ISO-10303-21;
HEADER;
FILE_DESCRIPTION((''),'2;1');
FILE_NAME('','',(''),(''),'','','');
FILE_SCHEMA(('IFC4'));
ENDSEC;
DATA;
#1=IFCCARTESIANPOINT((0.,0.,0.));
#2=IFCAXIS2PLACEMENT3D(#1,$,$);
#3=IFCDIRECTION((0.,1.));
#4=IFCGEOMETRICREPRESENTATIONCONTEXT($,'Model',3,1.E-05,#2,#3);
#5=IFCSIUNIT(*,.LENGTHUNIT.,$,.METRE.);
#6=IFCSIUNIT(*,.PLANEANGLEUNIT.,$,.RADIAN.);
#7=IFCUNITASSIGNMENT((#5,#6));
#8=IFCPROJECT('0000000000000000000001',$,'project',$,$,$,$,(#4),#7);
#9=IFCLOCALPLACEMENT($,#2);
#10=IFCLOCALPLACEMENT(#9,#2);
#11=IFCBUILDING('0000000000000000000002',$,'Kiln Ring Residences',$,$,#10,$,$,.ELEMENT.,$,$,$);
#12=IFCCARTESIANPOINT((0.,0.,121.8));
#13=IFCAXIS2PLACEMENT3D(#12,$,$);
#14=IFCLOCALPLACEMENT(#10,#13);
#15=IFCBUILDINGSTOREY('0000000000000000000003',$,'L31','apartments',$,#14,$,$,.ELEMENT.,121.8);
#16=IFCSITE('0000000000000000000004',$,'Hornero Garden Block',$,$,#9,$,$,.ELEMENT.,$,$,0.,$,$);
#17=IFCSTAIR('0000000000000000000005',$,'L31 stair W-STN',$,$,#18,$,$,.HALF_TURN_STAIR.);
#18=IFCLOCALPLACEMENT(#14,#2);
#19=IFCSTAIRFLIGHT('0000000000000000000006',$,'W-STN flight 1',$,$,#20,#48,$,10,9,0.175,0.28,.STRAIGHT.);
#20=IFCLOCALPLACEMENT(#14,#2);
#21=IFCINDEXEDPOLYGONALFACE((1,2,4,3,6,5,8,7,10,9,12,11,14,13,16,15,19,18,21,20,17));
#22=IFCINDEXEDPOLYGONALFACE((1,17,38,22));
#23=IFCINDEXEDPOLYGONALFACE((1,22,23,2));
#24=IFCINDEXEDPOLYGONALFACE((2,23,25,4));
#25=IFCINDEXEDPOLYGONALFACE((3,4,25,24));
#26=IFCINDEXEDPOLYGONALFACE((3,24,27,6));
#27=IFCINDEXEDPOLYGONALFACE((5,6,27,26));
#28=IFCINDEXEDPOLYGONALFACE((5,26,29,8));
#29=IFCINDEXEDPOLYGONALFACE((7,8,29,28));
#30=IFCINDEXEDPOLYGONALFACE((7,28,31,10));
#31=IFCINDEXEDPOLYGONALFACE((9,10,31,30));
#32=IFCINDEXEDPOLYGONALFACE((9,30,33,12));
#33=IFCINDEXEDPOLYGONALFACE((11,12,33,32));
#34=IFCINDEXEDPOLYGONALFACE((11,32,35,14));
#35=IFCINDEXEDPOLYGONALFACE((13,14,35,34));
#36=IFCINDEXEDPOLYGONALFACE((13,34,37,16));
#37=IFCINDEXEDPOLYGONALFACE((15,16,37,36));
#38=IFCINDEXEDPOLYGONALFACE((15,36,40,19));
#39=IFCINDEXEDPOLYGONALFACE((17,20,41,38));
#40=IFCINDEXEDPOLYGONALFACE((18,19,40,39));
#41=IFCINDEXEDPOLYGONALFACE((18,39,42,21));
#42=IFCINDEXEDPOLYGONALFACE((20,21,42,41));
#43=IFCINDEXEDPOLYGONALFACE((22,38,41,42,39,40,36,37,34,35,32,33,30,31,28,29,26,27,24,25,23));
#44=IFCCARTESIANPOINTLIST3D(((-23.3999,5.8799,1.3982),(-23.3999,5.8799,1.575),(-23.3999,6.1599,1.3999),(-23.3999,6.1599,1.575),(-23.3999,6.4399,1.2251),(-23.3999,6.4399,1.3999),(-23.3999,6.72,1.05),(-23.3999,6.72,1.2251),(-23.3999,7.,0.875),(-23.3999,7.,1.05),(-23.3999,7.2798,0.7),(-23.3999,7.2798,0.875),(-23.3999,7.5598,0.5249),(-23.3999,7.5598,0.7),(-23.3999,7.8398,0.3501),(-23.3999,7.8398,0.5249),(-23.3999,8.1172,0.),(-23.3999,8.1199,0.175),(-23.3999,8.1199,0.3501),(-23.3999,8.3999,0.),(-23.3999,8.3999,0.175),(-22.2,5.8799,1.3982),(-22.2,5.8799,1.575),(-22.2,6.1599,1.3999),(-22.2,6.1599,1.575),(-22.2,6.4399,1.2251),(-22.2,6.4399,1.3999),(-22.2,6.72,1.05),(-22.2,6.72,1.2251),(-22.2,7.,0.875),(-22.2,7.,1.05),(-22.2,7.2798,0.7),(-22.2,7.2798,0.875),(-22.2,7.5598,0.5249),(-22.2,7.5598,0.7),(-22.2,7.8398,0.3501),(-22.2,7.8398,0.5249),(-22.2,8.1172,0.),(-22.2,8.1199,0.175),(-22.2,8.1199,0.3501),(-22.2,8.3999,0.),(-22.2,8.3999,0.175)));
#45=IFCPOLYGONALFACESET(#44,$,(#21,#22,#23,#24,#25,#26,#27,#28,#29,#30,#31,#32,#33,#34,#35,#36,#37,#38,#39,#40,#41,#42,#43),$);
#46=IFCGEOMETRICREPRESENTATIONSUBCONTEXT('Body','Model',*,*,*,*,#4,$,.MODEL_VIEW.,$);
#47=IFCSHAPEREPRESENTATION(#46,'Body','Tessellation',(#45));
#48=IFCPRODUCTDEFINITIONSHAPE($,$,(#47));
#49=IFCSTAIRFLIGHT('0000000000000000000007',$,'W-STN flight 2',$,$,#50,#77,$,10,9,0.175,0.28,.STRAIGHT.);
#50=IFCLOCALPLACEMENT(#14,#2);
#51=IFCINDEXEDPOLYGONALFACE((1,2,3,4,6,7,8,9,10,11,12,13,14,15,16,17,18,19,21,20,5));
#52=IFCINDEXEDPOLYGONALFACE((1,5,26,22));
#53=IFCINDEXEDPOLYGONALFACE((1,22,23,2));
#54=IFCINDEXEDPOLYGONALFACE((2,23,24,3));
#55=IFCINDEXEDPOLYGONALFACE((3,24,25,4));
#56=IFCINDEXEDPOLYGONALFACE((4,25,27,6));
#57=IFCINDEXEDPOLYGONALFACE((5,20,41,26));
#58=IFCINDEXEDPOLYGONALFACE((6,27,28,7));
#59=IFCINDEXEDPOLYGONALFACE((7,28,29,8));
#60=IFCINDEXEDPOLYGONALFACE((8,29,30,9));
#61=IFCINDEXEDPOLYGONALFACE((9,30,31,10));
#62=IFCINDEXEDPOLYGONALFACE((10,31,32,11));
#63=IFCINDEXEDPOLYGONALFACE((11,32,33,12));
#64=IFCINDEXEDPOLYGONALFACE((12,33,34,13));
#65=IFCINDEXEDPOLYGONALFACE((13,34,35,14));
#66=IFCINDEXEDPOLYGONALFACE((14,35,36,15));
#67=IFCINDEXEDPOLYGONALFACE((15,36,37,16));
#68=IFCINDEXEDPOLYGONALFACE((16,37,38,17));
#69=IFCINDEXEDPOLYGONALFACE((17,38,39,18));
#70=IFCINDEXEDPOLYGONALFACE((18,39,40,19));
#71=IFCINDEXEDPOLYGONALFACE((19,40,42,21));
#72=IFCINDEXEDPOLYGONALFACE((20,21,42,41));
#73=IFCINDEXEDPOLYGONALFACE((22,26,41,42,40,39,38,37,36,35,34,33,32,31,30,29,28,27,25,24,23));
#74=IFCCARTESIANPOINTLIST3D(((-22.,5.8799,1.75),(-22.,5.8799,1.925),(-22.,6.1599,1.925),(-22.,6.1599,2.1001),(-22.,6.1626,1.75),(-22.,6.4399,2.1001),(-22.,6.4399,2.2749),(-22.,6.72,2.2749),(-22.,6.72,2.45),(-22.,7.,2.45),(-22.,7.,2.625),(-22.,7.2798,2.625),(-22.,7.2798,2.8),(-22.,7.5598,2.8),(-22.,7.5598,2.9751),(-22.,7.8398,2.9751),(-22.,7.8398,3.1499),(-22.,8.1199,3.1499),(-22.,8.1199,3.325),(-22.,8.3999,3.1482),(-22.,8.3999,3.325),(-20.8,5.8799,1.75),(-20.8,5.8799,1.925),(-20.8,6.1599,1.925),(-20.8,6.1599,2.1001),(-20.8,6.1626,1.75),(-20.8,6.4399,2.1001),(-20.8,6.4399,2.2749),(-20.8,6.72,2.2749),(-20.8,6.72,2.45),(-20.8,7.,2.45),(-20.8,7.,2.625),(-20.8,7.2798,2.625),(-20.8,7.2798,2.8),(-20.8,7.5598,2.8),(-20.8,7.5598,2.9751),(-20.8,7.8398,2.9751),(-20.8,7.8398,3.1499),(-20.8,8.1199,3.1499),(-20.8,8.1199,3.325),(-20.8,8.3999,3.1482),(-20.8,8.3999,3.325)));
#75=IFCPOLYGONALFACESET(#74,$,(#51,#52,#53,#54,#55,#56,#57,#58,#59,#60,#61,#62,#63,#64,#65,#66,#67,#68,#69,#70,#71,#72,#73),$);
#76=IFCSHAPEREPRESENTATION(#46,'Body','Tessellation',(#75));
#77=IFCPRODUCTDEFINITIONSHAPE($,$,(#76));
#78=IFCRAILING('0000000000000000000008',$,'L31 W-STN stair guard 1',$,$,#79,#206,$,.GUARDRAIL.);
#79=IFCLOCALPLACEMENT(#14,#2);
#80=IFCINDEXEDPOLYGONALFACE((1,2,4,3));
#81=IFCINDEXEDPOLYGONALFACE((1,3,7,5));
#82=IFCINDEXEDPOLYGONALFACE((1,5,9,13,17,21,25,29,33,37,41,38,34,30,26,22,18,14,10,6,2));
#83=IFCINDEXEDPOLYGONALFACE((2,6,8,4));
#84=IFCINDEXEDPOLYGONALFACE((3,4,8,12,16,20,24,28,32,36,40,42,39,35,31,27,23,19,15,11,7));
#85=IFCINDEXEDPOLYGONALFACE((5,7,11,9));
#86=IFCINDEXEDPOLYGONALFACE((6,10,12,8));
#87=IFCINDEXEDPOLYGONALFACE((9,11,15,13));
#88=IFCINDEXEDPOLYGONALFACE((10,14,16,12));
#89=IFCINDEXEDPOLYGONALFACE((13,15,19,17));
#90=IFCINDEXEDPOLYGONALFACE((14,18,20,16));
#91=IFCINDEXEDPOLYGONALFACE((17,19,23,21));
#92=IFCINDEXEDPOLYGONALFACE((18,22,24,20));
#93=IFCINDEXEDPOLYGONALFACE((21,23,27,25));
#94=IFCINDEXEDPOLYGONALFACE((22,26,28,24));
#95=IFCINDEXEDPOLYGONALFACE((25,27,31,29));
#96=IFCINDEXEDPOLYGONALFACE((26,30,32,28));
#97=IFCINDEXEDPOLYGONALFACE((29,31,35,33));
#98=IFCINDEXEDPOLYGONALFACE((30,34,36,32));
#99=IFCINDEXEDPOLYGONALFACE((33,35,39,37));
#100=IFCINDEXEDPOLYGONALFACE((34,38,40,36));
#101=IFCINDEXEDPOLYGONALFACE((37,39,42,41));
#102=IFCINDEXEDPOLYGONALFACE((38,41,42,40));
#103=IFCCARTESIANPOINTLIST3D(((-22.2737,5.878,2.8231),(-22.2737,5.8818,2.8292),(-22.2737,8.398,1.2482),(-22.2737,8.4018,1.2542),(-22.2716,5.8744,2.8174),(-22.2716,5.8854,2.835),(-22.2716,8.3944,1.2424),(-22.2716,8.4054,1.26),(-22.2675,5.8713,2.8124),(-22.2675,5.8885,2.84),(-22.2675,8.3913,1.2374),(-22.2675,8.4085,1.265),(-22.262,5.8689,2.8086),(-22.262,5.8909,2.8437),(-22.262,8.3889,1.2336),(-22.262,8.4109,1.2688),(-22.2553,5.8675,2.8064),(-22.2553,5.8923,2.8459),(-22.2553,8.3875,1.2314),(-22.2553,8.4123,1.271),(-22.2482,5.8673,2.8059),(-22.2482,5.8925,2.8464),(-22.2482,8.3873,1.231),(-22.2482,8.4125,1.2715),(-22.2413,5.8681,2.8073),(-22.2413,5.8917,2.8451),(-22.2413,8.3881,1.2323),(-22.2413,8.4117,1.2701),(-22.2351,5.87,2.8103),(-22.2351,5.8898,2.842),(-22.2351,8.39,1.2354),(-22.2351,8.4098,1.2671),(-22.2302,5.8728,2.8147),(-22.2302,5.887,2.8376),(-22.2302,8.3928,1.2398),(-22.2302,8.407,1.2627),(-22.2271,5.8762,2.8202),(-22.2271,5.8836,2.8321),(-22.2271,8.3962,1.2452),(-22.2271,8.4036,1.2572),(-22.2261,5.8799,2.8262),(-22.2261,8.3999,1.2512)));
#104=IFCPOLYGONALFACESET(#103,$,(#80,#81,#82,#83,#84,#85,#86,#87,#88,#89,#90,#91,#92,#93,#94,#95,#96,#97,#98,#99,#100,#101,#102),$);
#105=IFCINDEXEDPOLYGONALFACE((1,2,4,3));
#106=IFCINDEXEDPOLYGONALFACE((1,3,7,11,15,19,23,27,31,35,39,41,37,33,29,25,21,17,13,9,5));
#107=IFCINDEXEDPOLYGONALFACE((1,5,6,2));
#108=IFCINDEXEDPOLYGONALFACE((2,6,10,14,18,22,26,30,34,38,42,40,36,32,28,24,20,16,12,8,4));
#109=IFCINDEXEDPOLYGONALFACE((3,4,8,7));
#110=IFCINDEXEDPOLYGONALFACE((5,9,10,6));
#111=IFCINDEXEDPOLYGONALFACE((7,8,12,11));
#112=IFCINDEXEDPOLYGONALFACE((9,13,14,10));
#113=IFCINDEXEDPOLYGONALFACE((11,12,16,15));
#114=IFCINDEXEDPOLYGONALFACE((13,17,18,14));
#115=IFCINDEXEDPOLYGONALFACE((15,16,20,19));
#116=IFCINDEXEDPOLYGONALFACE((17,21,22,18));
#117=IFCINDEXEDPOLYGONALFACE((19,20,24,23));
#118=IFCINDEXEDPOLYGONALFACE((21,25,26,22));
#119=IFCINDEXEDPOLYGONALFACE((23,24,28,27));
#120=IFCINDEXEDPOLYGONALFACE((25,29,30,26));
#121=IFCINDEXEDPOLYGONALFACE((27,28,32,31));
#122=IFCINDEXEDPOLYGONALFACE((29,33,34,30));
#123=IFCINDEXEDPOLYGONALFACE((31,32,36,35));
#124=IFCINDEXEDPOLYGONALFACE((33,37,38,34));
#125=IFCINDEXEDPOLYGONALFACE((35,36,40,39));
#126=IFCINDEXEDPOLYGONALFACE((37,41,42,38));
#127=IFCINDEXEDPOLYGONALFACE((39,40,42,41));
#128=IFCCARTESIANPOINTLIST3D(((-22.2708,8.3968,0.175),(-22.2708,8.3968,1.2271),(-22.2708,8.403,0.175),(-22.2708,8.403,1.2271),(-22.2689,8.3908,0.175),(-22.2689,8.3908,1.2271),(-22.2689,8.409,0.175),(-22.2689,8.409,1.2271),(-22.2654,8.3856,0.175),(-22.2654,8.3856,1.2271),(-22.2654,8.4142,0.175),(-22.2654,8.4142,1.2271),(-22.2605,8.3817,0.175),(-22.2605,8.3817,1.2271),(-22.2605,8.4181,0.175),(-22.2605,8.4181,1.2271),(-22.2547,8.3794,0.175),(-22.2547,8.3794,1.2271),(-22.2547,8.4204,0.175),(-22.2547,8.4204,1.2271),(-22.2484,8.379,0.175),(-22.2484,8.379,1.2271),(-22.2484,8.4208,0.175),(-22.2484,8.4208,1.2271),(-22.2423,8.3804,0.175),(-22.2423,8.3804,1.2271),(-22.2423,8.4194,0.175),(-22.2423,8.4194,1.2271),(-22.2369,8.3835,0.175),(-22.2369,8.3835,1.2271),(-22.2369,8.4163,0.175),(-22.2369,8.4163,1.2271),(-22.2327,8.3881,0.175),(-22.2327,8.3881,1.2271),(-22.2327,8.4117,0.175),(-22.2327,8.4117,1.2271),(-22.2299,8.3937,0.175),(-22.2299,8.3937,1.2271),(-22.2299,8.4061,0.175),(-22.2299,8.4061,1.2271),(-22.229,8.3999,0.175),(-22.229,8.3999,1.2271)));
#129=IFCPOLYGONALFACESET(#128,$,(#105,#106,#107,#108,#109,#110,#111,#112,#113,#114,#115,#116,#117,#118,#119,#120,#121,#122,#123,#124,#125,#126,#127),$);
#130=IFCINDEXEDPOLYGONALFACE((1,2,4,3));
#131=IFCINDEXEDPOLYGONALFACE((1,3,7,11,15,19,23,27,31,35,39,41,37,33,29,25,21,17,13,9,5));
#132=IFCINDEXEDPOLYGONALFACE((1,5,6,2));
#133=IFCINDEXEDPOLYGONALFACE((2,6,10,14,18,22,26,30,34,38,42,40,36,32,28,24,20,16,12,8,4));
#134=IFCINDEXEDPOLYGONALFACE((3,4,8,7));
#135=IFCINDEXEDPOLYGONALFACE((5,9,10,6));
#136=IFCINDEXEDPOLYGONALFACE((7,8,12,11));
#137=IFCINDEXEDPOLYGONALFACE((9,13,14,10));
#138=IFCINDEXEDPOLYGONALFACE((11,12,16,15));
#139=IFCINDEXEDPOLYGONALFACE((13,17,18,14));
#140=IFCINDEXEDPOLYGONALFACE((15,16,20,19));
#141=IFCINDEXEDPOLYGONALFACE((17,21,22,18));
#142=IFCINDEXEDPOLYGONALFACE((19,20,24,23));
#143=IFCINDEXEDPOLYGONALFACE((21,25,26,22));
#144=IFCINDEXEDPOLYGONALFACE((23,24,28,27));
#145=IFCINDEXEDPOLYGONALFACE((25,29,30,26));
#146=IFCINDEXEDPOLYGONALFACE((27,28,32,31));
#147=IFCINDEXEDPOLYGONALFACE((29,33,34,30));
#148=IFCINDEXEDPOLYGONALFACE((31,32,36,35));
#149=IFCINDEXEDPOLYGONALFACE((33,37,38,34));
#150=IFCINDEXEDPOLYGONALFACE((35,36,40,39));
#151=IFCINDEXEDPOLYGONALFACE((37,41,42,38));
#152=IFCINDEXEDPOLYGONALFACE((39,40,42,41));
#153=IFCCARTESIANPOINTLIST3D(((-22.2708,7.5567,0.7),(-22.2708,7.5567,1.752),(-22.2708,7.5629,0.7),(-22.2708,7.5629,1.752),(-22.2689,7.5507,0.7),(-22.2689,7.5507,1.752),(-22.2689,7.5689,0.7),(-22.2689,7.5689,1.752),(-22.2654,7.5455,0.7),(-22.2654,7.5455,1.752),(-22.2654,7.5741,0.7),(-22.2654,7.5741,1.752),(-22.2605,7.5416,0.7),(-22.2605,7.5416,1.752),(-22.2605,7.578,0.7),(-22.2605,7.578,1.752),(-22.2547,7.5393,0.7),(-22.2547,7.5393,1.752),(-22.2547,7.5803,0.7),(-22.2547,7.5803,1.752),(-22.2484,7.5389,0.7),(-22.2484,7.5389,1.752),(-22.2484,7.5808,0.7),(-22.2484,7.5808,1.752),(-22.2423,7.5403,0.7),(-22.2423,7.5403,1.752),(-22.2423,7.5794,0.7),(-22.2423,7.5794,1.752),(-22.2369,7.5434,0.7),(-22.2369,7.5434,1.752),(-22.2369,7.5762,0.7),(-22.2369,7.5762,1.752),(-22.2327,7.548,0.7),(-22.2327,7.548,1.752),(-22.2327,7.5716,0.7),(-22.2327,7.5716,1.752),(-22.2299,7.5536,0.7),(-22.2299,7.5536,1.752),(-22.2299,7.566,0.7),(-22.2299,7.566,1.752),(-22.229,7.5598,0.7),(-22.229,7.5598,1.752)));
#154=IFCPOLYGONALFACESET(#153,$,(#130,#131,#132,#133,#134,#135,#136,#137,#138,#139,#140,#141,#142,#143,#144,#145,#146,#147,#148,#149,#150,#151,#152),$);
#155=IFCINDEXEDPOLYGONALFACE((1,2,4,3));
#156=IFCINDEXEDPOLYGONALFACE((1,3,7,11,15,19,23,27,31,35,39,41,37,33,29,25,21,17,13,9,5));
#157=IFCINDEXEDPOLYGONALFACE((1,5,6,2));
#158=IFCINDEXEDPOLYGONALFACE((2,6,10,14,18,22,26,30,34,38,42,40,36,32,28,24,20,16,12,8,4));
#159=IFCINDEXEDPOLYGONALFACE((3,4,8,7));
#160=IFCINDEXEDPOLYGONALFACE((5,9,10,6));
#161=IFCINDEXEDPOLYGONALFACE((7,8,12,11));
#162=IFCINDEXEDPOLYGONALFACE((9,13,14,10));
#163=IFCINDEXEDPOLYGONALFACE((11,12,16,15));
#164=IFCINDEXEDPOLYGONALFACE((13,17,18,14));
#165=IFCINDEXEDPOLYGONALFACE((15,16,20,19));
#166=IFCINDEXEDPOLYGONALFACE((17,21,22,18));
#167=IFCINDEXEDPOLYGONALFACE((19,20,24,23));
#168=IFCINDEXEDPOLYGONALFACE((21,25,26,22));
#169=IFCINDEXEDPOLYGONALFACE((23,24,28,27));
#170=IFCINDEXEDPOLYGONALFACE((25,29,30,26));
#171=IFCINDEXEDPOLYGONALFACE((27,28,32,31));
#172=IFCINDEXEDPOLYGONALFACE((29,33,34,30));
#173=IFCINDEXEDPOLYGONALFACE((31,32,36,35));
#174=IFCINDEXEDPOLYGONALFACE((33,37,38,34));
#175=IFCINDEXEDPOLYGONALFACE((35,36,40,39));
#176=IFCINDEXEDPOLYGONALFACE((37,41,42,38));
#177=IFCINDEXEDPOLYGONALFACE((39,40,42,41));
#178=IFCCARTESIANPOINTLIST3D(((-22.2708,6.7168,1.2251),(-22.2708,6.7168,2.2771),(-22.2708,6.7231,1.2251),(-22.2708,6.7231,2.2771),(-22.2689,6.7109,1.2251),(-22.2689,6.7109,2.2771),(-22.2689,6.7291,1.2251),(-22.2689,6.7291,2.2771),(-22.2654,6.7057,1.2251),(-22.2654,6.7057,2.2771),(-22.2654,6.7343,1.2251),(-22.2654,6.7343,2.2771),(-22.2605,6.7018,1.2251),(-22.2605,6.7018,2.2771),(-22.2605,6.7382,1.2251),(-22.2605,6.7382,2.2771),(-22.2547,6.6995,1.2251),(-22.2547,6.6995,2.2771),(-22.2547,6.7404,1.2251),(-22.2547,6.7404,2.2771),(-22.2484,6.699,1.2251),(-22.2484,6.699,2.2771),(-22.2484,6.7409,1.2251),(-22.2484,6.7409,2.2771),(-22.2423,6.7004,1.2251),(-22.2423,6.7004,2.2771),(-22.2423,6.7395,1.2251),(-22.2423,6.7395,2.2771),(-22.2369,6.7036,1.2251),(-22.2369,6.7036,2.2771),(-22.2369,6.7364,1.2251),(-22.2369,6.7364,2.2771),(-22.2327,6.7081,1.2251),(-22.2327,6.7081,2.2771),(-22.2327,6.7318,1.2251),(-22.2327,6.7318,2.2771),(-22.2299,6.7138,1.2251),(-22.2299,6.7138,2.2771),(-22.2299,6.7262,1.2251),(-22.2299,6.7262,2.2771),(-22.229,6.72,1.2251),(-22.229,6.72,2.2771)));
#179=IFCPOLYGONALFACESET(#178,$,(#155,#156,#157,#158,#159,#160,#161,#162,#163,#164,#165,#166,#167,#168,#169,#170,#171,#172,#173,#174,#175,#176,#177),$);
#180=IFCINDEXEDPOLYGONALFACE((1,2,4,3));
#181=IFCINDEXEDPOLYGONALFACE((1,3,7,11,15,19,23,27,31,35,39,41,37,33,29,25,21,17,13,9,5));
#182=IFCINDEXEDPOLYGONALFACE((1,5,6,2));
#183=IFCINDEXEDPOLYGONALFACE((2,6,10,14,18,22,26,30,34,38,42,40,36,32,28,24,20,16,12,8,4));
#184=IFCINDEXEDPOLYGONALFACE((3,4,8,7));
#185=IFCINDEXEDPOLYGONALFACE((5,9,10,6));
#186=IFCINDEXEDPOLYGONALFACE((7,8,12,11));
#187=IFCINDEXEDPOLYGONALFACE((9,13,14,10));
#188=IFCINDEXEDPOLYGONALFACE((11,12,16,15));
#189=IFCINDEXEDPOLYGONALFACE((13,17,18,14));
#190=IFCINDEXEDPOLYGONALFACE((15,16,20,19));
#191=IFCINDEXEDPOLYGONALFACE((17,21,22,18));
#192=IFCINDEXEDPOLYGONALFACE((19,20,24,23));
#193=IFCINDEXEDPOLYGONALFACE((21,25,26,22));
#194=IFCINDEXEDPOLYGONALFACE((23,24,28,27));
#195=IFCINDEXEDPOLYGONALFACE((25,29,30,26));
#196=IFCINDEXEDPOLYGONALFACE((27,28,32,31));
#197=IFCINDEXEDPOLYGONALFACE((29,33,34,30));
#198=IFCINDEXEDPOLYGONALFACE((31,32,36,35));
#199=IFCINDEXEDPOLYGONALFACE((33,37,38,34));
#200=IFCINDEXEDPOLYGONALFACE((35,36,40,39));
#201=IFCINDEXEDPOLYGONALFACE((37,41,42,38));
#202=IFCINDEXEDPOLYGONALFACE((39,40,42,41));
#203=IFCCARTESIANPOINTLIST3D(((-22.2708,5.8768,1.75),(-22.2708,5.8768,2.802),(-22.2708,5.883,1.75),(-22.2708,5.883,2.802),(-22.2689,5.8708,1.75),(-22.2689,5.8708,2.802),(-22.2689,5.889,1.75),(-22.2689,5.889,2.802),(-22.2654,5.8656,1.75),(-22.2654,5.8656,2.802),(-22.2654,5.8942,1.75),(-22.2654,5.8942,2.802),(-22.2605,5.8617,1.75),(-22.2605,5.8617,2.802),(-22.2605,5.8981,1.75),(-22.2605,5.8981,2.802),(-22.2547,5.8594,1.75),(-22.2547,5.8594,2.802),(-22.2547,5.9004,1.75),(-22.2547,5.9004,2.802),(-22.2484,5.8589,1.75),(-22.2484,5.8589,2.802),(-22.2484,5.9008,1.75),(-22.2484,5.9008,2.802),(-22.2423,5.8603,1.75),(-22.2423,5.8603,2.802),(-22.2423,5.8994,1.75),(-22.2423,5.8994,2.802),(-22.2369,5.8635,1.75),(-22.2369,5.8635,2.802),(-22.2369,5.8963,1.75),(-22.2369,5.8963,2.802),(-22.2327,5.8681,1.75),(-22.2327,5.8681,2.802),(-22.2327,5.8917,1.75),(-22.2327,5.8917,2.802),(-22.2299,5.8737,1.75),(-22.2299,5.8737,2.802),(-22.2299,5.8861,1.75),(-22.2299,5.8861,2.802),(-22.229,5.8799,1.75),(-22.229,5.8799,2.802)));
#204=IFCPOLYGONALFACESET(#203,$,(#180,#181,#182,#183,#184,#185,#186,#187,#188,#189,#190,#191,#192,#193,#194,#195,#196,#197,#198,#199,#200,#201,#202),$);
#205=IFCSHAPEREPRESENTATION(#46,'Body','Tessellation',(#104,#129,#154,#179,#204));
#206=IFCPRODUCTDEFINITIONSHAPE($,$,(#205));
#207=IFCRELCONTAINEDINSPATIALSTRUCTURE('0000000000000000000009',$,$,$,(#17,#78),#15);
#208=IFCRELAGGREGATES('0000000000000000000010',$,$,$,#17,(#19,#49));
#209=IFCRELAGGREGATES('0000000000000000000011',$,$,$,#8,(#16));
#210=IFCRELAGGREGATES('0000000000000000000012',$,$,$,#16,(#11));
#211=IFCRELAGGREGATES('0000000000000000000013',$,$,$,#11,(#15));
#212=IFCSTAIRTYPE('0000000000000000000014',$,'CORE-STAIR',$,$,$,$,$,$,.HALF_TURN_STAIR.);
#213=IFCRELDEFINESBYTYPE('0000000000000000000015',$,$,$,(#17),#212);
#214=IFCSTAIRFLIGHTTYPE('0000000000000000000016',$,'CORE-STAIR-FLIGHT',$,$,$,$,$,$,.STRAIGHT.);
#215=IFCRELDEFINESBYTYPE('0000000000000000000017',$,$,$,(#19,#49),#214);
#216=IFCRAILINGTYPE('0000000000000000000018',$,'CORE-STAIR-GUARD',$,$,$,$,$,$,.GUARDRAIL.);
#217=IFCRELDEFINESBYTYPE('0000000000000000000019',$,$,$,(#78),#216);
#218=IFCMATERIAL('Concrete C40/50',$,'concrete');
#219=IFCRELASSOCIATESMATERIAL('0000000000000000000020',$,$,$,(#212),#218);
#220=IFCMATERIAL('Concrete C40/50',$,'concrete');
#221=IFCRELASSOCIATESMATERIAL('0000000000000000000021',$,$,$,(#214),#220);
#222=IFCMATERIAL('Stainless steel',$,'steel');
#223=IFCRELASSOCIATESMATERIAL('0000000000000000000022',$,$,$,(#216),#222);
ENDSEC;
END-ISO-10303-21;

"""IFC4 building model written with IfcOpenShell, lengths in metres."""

from ifc_helpers import new_model, si_unit, direction, frame, origin, origin_2d, place, context, subcontext, project, spatial, polyline, circle, outline, extrude, material, type_object, element, aggregate, save


model = new_model("IFC4")

# Units and contexts
model_context = context("Model", 3, precision=1e-05, world=origin(), true_north=direction((0.0, 1.0)))
body_context = subcontext(model_context, "Body", "Model", "MODEL_VIEW")
ifc_project = project(units=[si_unit("LENGTHUNIT", "METRE"), si_unit("PLANEANGLEUNIT", "RADIAN")], contexts=[model_context])

# Site, building, storey
site_placement = place(None, origin())
site = spatial("IfcSite", under=ifc_project, at=site_placement, Name="Hornero Garden Block", CompositionType="ELEMENT", RefElevation=0.0)
building_placement = place(site_placement, origin())
building = spatial("IfcBuilding", under=site, at=building_placement, Name="Kiln Ring Residences", CompositionType="ELEMENT")
storey_placement = place(building_placement, frame((0.0, 0.0, 121.8)))
storey = spatial("IfcBuildingStorey", under=building, at=storey_placement, Name="L31", Description="apartments", CompositionType="ELEMENT", Elevation=121.8)

# Stair, stair flights
ifc_material_1 = material(Name="Concrete C40/50", Category="concrete")
stair_type = type_object("IfcStairType", Name="CORE-STAIR", PredefinedType="HALF_TURN_STAIR", material=ifc_material_1)
stair_placement = place(storey_placement, origin())
stair = element("IfcStair", 1, at=stair_placement, inside=storey, type_object=stair_type, Name="L31 stair W-STN", PredefinedType="HALF_TURN_STAIR")
ifc_material_2 = material(Name="Concrete C40/50", Category="concrete")
stair_flight_type = type_object("IfcStairFlightType", Name="CORE-STAIR-FLIGHT", PredefinedType="STRAIGHT", material=ifc_material_2)
stair_flight_1_placement = place(storey_placement, frame((-22.8, 8.3999, 0.0), z_axis=(0.0, 0.0, 1.0), x_axis=(0.0, -1.0, 0.0)))
stair_flight_1 = element("IfcStairFlight", 2, at=stair_flight_1_placement, type_object=stair_flight_type, Name="W-STN flight 1", NumberOfRisers=10, NumberOfTreads=9, PredefinedType="STRAIGHT", RiserHeight=0.175, TreadLength=0.28, context=body_context, shape_type="SweptSolid", body=[
    extrude(outline(polyline([(0.0, 0.0), (0.0, 0.175), (0.28, 0.175), (0.28, 0.3501), (0.5601, 0.3501), (0.5601, 0.5249), (0.8401, 0.5249), (0.8401, 0.7), (1.1201, 0.7), (1.1201, 0.875), (1.3999, 0.875), (1.3999, 1.05), (1.6799, 1.05), (1.6799, 1.2251), (1.96, 1.2251), (1.96, 1.3999), (2.24, 1.3999), (2.24, 1.575), (2.52, 1.575), (2.52, 1.75), (2.52, 1.3982), (0.2827, 0.0), (0.0, 0.0)])), frame((0.0, 0.6001, 0.0), z_axis=(0.0, -1.0, 0.0), x_axis=(1.0, 0.0, 0.0)), (0.0, 0.0, 1.0), 1.2),
])
stair_flight_2_placement = place(storey_placement, frame((-21.3999, 5.8799, 1.75), z_axis=(0.0, 0.0, 1.0), x_axis=(0.0, 1.0, 0.0)))
stair_flight_2 = element("IfcStairFlight", 3, at=stair_flight_2_placement, type_object=stair_flight_type, Name="W-STN flight 2", NumberOfRisers=10, NumberOfTreads=9, PredefinedType="STRAIGHT", RiserHeight=0.175, TreadLength=0.28, context=body_context, shape_type="SweptSolid", body=[
    extrude(outline(polyline([(0.0, 0.0), (0.0, 0.175), (0.28, 0.175), (0.28, 0.3501), (0.5601, 0.3501), (0.5601, 0.5249), (0.8401, 0.5249), (0.8401, 0.7), (1.1201, 0.7), (1.1201, 0.875), (1.3999, 0.875), (1.3999, 1.05), (1.6799, 1.05), (1.6799, 1.2251), (1.96, 1.2251), (1.96, 1.3999), (2.24, 1.3999), (2.24, 1.575), (2.52, 1.575), (2.52, 1.75), (2.52, 1.3982), (0.2827, 0.0), (0.0, 0.0)])), frame((0.0, 0.6001, 0.0), z_axis=(0.0, -1.0, 0.0), x_axis=(1.0, 0.0, 0.0)), (0.0, 0.0, 1.0), 1.2),
])
aggregate(stair, [stair_flight_1, stair_flight_2])

# Railing
ifc_material_3 = material(Name="Stainless steel", Category="steel")
railing_type_1 = type_object("IfcRailingType", Name="CORE-STAIR-GUARD", PredefinedType="GUARDRAIL", material=ifc_material_3)
railing_1_placement = place(storey_placement, frame((-22.25, 8.3999, 0.175)))
element("IfcRailing", 4, at=railing_1_placement, inside=storey, type_object=railing_type_1, Name="L31 W-STN stair guard 1", PredefinedType="GUARDRAIL", context=body_context, shape_type="SweptSolid", body=[
    extrude(circle(Radius=0.0239, at=origin_2d()), frame((0.0, 0.0, 1.0762), z_axis=(0.0, -0.848008, 0.529984), x_axis=(1.0, 0.0, 0.0)), (0.0, 0.0, 1.0), 2.9717),
    extrude(circle(Radius=0.021, at=origin_2d()), origin(), (0.0, 0.0, 1.0), 1.052),
    extrude(circle(Radius=0.021, at=origin_2d()), frame((0.0, -0.8401, 0.5249)), (0.0, 0.0, 1.0), 1.052),
    extrude(circle(Radius=0.021, at=origin_2d()), frame((0.0, -1.6799, 1.05)), (0.0, 0.0, 1.0), 1.052),
    extrude(circle(Radius=0.021, at=origin_2d()), frame((0.0, -2.52, 1.575)), (0.0, 0.0, 1.0), 1.052),
])

save(model, "model.ifc")
